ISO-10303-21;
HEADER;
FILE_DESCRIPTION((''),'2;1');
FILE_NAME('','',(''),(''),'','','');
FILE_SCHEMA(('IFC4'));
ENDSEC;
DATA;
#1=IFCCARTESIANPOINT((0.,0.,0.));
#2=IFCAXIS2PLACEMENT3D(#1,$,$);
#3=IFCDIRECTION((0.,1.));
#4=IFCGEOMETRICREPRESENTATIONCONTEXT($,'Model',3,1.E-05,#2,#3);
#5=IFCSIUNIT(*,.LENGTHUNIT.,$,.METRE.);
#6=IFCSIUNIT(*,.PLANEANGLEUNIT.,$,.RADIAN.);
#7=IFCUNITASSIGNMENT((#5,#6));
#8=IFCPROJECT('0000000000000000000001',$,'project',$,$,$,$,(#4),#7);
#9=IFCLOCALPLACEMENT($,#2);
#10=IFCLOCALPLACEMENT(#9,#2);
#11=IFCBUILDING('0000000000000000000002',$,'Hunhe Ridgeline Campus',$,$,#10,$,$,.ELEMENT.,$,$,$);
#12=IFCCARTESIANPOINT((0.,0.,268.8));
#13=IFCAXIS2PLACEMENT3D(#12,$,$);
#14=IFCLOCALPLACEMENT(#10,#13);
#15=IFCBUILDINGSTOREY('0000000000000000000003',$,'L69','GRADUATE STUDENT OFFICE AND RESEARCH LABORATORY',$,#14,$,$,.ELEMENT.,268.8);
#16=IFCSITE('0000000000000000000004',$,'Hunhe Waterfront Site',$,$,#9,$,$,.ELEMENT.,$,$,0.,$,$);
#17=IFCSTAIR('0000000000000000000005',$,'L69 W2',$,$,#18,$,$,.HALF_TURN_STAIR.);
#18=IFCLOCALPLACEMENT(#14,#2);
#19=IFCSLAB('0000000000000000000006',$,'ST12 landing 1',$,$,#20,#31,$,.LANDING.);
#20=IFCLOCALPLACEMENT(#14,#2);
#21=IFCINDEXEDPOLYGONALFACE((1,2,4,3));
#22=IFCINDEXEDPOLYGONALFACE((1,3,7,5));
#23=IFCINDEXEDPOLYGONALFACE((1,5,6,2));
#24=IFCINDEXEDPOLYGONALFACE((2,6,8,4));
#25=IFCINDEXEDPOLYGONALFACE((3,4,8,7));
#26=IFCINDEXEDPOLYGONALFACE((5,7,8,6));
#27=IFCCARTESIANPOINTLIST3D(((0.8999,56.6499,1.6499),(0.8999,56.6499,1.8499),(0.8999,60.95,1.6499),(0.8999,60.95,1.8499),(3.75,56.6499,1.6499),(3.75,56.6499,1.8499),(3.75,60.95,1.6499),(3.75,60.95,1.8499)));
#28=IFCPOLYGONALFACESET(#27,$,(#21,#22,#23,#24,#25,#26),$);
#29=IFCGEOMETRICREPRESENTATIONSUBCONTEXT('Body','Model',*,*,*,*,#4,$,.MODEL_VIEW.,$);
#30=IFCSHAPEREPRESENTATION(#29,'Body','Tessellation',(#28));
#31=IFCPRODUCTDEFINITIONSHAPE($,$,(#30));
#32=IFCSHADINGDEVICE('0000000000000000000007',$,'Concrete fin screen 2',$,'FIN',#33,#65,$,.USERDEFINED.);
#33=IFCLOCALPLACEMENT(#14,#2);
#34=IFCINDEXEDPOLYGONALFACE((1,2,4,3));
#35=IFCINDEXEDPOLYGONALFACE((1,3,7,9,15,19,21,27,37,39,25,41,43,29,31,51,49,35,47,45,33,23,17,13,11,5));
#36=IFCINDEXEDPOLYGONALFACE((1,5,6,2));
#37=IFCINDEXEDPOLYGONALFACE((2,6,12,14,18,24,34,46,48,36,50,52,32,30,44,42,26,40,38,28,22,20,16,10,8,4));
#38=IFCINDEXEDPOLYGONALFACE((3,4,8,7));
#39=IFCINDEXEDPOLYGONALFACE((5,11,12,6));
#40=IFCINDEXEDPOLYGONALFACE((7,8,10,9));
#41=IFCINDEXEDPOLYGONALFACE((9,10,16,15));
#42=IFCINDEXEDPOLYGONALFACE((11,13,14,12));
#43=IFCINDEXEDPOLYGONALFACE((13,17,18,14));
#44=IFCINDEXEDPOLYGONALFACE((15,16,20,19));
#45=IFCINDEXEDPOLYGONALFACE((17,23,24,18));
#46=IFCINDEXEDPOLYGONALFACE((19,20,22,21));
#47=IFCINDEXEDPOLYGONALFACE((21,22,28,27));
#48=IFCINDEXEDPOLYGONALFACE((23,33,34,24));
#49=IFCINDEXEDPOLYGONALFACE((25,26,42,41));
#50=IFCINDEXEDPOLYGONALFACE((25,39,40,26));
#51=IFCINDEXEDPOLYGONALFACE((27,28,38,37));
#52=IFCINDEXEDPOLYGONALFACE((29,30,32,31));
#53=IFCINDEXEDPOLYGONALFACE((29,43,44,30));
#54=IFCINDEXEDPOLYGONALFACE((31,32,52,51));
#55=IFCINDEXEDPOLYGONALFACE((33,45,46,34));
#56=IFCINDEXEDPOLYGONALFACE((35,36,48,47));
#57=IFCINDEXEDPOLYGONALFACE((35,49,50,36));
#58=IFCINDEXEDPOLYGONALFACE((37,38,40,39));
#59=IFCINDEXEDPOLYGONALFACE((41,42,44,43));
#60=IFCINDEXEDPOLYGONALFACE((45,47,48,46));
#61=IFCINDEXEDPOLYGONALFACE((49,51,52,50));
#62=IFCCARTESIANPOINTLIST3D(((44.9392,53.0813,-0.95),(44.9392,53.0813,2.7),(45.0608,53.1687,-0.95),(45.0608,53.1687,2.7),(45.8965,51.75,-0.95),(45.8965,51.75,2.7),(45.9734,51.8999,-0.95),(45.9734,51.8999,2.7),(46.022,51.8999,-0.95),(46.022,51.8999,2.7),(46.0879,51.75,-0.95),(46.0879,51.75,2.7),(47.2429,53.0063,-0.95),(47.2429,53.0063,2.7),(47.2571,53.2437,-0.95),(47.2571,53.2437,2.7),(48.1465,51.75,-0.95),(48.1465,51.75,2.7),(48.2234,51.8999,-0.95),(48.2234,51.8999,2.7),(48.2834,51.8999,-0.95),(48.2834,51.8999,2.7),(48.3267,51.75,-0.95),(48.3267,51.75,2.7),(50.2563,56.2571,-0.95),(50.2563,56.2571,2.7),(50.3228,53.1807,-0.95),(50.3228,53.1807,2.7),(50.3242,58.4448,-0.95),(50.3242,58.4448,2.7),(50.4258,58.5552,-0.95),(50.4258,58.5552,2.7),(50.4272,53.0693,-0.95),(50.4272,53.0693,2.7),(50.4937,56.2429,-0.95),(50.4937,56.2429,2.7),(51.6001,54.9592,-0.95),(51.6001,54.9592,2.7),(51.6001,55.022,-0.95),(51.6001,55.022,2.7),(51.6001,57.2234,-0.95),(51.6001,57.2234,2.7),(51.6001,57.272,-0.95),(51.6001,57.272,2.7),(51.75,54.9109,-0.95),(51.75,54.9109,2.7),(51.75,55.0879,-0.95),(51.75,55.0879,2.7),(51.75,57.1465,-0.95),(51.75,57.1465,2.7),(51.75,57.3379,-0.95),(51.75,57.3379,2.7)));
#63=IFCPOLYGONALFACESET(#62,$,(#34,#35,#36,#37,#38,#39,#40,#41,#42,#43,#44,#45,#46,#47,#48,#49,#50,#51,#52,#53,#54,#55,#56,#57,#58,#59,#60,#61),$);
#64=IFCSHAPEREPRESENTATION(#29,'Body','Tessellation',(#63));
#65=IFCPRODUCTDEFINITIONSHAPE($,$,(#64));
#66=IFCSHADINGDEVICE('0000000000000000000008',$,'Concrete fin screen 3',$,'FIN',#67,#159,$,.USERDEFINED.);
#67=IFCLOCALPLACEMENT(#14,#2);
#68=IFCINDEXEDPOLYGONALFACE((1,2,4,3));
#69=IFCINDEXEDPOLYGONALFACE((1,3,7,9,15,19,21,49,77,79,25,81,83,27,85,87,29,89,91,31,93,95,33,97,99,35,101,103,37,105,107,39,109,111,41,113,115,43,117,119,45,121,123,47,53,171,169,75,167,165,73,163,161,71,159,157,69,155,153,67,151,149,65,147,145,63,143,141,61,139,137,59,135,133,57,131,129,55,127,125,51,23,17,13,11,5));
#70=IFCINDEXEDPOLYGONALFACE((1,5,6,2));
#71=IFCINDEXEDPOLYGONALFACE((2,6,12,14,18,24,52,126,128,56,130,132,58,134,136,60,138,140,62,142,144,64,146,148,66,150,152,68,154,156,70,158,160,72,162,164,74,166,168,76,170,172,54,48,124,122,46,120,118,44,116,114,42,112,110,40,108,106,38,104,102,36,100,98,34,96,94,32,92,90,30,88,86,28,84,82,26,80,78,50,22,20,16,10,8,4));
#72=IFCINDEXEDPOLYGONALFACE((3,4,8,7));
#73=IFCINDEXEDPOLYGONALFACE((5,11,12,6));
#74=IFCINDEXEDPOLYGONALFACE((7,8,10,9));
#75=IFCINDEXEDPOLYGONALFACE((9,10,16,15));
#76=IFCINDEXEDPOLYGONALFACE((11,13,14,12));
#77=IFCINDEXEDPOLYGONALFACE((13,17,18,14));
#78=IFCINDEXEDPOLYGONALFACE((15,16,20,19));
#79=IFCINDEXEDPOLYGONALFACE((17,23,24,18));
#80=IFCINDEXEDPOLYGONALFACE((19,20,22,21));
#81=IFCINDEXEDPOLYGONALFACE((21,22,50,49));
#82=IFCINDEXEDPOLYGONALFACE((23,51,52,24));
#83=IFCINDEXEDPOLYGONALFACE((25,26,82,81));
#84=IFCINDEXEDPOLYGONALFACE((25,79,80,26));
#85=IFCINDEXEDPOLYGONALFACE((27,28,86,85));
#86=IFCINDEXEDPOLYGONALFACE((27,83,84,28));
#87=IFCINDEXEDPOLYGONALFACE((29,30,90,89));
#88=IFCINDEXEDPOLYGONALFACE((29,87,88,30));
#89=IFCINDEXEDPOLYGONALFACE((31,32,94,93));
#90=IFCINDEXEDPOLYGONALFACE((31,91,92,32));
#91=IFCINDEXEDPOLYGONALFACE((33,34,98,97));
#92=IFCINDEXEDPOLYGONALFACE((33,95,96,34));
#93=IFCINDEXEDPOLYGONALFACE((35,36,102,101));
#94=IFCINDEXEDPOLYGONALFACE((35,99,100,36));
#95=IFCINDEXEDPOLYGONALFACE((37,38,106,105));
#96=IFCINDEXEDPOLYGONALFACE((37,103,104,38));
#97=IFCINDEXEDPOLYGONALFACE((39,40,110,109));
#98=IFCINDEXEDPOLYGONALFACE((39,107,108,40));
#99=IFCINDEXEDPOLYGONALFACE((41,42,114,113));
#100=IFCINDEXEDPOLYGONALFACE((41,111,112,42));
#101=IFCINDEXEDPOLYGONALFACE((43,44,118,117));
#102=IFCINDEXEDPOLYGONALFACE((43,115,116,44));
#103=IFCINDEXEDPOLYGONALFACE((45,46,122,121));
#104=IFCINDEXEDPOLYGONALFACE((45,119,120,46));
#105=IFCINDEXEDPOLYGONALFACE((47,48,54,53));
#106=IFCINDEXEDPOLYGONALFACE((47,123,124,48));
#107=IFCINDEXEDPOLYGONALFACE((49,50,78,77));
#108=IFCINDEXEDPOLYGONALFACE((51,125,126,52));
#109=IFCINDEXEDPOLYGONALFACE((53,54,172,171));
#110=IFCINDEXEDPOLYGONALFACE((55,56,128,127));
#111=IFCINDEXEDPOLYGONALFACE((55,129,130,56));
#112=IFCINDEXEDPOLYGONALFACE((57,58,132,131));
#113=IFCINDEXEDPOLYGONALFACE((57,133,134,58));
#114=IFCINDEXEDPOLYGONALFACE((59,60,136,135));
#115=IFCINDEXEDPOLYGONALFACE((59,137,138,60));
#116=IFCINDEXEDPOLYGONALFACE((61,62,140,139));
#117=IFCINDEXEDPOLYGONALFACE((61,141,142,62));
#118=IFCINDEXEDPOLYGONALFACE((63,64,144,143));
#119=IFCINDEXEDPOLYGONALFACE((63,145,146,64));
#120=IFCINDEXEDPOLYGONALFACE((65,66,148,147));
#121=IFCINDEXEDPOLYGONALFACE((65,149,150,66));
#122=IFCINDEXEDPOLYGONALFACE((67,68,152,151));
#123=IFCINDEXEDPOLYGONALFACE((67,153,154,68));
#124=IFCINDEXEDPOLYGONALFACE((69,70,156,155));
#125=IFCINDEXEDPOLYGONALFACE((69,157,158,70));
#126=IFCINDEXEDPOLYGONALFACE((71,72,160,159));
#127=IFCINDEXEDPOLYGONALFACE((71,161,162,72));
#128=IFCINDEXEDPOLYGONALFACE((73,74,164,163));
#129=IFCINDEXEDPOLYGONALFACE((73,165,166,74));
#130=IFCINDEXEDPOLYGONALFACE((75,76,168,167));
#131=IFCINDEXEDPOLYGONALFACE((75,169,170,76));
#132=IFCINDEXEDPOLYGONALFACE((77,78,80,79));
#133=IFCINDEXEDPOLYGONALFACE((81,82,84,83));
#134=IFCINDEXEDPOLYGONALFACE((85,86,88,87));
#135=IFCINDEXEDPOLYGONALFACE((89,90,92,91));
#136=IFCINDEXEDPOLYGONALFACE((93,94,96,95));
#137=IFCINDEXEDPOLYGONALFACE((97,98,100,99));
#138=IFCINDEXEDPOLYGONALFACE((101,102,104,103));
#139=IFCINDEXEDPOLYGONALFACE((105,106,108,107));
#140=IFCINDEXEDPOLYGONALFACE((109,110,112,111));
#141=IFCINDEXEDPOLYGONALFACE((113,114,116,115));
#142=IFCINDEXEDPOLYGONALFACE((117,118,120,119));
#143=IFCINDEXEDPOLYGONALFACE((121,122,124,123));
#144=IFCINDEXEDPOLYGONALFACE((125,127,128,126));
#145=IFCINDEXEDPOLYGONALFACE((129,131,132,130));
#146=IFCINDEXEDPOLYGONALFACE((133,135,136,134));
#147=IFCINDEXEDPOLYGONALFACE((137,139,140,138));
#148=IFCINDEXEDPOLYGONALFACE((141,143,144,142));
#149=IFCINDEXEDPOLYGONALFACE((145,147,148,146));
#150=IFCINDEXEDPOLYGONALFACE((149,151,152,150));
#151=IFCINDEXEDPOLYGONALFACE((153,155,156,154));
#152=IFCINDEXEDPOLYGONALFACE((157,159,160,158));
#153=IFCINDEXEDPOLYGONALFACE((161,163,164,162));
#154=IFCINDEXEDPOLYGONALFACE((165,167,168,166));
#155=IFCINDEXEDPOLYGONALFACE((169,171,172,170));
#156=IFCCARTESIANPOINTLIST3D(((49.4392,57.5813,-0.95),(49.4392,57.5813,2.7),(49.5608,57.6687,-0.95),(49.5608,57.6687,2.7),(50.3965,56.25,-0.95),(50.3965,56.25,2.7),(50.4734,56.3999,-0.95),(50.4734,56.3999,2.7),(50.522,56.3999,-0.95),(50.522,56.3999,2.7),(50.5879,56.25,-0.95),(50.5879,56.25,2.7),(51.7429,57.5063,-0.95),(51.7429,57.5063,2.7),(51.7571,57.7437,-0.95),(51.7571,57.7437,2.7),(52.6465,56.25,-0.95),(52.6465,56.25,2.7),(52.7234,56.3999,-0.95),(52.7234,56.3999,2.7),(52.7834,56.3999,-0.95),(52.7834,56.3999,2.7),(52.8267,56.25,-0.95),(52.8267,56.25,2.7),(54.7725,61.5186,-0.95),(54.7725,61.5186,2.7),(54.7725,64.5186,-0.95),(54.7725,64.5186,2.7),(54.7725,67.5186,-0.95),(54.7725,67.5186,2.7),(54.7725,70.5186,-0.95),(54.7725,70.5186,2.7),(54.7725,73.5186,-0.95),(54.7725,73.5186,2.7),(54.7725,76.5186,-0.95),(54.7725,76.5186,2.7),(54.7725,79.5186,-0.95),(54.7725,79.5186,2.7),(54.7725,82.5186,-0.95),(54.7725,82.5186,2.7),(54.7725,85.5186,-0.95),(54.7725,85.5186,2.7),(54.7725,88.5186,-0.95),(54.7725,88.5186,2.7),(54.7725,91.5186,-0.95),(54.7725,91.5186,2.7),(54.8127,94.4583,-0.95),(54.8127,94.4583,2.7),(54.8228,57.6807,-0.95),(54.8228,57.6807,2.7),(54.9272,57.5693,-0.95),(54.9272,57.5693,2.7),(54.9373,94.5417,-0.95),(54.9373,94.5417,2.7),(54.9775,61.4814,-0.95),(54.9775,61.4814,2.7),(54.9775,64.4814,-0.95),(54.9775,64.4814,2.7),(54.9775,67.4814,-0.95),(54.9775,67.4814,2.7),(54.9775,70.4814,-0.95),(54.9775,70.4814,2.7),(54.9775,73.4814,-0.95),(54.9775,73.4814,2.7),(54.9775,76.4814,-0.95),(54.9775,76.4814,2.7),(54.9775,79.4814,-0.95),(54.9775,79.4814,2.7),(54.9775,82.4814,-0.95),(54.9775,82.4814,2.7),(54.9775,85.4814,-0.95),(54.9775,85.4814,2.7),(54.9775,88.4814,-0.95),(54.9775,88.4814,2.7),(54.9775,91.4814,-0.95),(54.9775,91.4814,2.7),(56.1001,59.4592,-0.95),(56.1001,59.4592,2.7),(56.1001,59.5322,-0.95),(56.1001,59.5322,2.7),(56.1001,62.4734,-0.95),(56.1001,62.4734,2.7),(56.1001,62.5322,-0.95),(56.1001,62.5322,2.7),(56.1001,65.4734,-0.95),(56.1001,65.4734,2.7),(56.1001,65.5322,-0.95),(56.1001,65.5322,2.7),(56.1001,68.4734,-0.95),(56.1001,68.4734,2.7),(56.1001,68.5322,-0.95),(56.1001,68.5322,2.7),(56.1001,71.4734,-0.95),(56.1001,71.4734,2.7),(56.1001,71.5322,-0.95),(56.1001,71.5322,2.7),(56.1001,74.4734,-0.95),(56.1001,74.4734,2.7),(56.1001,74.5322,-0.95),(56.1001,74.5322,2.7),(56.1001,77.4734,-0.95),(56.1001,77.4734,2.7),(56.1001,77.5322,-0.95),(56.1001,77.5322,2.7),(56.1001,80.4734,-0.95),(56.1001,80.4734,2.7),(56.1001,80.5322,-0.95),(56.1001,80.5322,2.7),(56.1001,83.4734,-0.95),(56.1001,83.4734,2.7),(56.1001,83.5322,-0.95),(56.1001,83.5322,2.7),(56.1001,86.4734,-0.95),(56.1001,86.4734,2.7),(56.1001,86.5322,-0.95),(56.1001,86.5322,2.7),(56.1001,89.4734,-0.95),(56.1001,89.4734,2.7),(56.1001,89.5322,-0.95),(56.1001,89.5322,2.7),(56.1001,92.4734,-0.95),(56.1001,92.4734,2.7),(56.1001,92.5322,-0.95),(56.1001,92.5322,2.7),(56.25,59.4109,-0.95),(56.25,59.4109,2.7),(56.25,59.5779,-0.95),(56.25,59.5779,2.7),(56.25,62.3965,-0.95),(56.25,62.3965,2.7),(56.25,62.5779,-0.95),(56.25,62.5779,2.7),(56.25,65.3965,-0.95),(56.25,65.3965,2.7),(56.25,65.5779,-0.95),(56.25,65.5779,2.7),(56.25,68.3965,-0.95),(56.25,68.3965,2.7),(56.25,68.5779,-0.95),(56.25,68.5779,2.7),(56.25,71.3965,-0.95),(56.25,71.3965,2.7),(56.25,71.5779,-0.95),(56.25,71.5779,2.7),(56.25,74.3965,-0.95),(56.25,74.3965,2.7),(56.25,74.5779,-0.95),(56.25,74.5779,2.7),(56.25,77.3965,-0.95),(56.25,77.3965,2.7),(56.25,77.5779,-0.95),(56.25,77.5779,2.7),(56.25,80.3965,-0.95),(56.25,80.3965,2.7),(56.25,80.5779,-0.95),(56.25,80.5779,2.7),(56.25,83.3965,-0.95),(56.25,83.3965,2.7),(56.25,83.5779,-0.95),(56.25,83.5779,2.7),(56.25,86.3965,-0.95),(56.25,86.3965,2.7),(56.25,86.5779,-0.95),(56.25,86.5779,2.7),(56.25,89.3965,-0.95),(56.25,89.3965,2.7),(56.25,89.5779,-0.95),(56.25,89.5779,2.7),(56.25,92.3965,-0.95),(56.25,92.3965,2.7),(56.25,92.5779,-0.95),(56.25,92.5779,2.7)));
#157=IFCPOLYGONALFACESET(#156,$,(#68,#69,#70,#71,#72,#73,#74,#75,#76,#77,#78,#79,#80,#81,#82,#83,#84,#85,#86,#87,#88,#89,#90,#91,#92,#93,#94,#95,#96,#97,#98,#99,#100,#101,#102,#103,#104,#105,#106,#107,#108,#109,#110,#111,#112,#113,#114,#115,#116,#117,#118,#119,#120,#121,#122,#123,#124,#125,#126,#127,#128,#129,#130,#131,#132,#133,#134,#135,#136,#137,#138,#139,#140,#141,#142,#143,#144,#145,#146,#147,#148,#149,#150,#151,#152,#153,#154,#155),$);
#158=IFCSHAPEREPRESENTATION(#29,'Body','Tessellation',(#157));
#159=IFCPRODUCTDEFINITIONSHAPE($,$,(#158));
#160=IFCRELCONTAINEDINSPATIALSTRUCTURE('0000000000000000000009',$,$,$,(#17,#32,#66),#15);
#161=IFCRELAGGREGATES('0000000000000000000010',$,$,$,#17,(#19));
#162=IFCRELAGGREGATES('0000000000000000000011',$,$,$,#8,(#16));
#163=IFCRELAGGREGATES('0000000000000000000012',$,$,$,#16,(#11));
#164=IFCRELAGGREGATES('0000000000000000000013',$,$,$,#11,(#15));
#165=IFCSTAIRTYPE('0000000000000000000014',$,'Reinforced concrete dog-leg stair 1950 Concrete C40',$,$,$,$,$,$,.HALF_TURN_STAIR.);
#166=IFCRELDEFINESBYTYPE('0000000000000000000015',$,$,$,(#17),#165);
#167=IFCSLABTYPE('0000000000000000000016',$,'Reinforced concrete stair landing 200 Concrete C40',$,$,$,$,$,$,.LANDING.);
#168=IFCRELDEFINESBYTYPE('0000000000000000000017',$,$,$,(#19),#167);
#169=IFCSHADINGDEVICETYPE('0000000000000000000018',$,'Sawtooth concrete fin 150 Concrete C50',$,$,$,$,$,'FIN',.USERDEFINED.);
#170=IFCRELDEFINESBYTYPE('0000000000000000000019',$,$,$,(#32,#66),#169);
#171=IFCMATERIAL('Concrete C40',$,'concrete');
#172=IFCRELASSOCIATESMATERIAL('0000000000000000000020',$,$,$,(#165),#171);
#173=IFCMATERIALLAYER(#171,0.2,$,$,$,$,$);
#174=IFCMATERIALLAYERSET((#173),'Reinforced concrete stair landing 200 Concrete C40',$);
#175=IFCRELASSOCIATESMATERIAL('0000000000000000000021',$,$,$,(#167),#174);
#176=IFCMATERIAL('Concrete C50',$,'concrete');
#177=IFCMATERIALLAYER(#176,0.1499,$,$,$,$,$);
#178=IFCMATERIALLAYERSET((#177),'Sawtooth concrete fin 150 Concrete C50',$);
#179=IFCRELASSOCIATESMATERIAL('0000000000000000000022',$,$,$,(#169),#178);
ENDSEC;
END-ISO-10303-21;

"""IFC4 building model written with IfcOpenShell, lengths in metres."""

from ifc_helpers import new_model, si_unit, direction, frame, origin, place, context, subcontext, project, spatial, polyline, outline, extrude, material, layer, layer_set, type_object, element, aggregate, save


model = new_model("IFC4")

# Units and contexts
model_context = context("Model", 3, precision=1e-05, world=origin(), true_north=direction((0.0, 1.0)))
body_context = subcontext(model_context, "Body", "Model", "MODEL_VIEW")
ifc_project = project(units=[si_unit("LENGTHUNIT", "METRE"), si_unit("PLANEANGLEUNIT", "RADIAN")], contexts=[model_context])

# Site, building, storey
site_placement = place(None, origin())
site = spatial("IfcSite", under=ifc_project, at=site_placement, Name="Hunhe Waterfront Site", CompositionType="ELEMENT", RefElevation=0.0)
building_placement = place(site_placement, origin())
building = spatial("IfcBuilding", under=site, at=building_placement, Name="Hunhe Ridgeline Campus", CompositionType="ELEMENT")
storey_placement = place(building_placement, frame((0.0, 0.0, 268.8)))
storey = spatial("IfcBuildingStorey", under=building, at=storey_placement, Name="L69", Description="GRADUATE STUDENT OFFICE AND RESEARCH LABORATORY", CompositionType="ELEMENT", Elevation=268.8)

# Shared definitions
ifc_material_1 = material(Name="Concrete C40", Category="concrete")

# Shared definitions
stair_type = type_object("IfcStairType", Name="Reinforced concrete dog-leg stair 1950 Concrete C40", PredefinedType="HALF_TURN_STAIR", material=ifc_material_1)
ifc_layer_1 = layer(ifc_material_1, 0.2)
ifc_layer_set_1 = layer_set([ifc_layer_1], Name="Reinforced concrete stair landing 200 Concrete C40")
slab_type_1 = type_object("IfcSlabType", Name="Reinforced concrete stair landing 200 Concrete C40", PredefinedType="LANDING", material=ifc_layer_set_1)

# Stair, slab
stair_1_placement = place(storey_placement, origin())
stair_1 = element("IfcStair", 1, at=stair_1_placement, inside=storey, type_object=stair_type, Name="L69 W2", PredefinedType="HALF_TURN_STAIR")
slab_1_placement = place(storey_placement, frame((0.0, 0.0, 1.6499)))
slab_1 = element("IfcSlab", 2, at=slab_1_placement, type_object=slab_type_1, Name="ST12 landing 1", PredefinedType="LANDING", context=body_context, shape_type="SweptSolid", body=[
    extrude(outline(polyline([(3.75, 60.95), (0.8999, 60.95), (0.8999, 56.6499), (3.75, 56.6499), (3.75, 60.95)])), origin(), (0.0, 0.0, 1.0), 0.2),
])
aggregate(stair_1, [slab_1])

# Shading devices
ifc_material_2 = material(Name="Concrete C50", Category="concrete")
ifc_layer_2 = layer(ifc_material_2, 0.1499)
ifc_layer_set_2 = layer_set([ifc_layer_2], Name="Sawtooth concrete fin 150 Concrete C50")
shading_device_type = type_object("IfcShadingDeviceType", Name="Sawtooth concrete fin 150 Concrete C50", ElementType="FIN", PredefinedType="USERDEFINED", material=ifc_layer_set_2)
shading_device_1_placement = place(storey_placement, frame((0.0, 0.0, -0.95)))
element("IfcShadingDevice", 3, at=shading_device_1_placement, inside=storey, type_object=shading_device_type, Name="Concrete fin screen 2", ObjectType="FIN", PredefinedType="USERDEFINED", context=body_context, shape_type="SweptSolid", body=[
    extrude(outline(polyline([(45.0608, 53.1687), (44.9392, 53.0813), (45.8965, 51.75), (46.0879, 51.75), (47.2429, 53.0063), (48.1465, 51.75), (48.3267, 51.75), (50.4272, 53.0693), (51.75, 54.9109), (51.75, 55.0879), (50.4937, 56.2429), (51.75, 57.1465), (51.75, 57.3379), (50.4258, 58.5552), (50.3242, 58.4448), (51.6001, 57.272), (51.6001, 57.2234), (50.2563, 56.2571), (51.6001, 55.022), (51.6001, 54.9592), (50.3228, 53.1807), (48.2834, 51.8999), (48.2234, 51.8999), (47.2571, 53.2437), (46.022, 51.8999), (45.9734, 51.8999), (45.0608, 53.1687)])), origin(), (0.0, 0.0, 1.0), 3.6499),
])
shading_device_2_placement = place(storey_placement, frame((0.0, 0.0, -0.95)))
element("IfcShadingDevice", 4, at=shading_device_2_placement, inside=storey, type_object=shading_device_type, Name="Concrete fin screen 3", ObjectType="FIN", PredefinedType="USERDEFINED", context=body_context, shape_type="SweptSolid", body=[
    extrude(outline(polyline([(49.5608, 57.6687), (49.4392, 57.5813), (50.3965, 56.25), (50.5879, 56.25), (51.7429, 57.5063), (52.6465, 56.25), (52.8267, 56.25), (54.9272, 57.5693), (56.25, 59.4109), (56.25, 59.5779), (54.9775, 61.4814), (56.25, 62.3965), (56.25, 62.5779), (54.9775, 64.4814), (56.25, 65.3965), (56.25, 65.5779), (54.9775, 67.4814), (56.25, 68.3965), (56.25, 68.5779), (54.9775, 70.4814), (56.25, 71.3965), (56.25, 71.5779), (54.9775, 73.4814), (56.25, 74.3965), (56.25, 74.5779), (54.9775, 76.4814), (56.25, 77.3965), (56.25, 77.5779), (54.9775, 79.4814), (56.25, 80.3965), (56.25, 80.5779), (54.9775, 82.4814), (56.25, 83.3965), (56.25, 83.5779), (54.9775, 85.4814), (56.25, 86.3965), (56.25, 86.5779), (54.9775, 88.4814), (56.25, 89.3965), (56.25, 89.5779), (54.9775, 91.4814), (56.25, 92.3965), (56.25, 92.5779), (54.9373, 94.5417), (54.8127, 94.4583), (56.1001, 92.5322), (56.1001, 92.4734), (54.7725, 91.5186), (56.1001, 89.5322), (56.1001, 89.4734), (54.7725, 88.5186), (56.1001, 86.5322), (56.1001, 86.4734), (54.7725, 85.5186), (56.1001, 83.5322), (56.1001, 83.4734), (54.7725, 82.5186), (56.1001, 80.5322), (56.1001, 80.4734), (54.7725, 79.5186), (56.1001, 77.5322), (56.1001, 77.4734), (54.7725, 76.5186), (56.1001, 74.5322), (56.1001, 74.4734), (54.7725, 73.5186), (56.1001, 71.5322), (56.1001, 71.4734), (54.7725, 70.5186), (56.1001, 68.5322), (56.1001, 68.4734), (54.7725, 67.5186), (56.1001, 65.5322), (56.1001, 65.4734), (54.7725, 64.5186), (56.1001, 62.5322), (56.1001, 62.4734), (54.7725, 61.5186), (56.1001, 59.5322), (56.1001, 59.4592), (54.8228, 57.6807), (52.7834, 56.3999), (52.7234, 56.3999), (51.7571, 57.7437), (50.522, 56.3999), (50.4734, 56.3999), (49.5608, 57.6687)])), origin(), (0.0, 0.0, 1.0), 3.6499),
])

save(model, "model.ifc")
